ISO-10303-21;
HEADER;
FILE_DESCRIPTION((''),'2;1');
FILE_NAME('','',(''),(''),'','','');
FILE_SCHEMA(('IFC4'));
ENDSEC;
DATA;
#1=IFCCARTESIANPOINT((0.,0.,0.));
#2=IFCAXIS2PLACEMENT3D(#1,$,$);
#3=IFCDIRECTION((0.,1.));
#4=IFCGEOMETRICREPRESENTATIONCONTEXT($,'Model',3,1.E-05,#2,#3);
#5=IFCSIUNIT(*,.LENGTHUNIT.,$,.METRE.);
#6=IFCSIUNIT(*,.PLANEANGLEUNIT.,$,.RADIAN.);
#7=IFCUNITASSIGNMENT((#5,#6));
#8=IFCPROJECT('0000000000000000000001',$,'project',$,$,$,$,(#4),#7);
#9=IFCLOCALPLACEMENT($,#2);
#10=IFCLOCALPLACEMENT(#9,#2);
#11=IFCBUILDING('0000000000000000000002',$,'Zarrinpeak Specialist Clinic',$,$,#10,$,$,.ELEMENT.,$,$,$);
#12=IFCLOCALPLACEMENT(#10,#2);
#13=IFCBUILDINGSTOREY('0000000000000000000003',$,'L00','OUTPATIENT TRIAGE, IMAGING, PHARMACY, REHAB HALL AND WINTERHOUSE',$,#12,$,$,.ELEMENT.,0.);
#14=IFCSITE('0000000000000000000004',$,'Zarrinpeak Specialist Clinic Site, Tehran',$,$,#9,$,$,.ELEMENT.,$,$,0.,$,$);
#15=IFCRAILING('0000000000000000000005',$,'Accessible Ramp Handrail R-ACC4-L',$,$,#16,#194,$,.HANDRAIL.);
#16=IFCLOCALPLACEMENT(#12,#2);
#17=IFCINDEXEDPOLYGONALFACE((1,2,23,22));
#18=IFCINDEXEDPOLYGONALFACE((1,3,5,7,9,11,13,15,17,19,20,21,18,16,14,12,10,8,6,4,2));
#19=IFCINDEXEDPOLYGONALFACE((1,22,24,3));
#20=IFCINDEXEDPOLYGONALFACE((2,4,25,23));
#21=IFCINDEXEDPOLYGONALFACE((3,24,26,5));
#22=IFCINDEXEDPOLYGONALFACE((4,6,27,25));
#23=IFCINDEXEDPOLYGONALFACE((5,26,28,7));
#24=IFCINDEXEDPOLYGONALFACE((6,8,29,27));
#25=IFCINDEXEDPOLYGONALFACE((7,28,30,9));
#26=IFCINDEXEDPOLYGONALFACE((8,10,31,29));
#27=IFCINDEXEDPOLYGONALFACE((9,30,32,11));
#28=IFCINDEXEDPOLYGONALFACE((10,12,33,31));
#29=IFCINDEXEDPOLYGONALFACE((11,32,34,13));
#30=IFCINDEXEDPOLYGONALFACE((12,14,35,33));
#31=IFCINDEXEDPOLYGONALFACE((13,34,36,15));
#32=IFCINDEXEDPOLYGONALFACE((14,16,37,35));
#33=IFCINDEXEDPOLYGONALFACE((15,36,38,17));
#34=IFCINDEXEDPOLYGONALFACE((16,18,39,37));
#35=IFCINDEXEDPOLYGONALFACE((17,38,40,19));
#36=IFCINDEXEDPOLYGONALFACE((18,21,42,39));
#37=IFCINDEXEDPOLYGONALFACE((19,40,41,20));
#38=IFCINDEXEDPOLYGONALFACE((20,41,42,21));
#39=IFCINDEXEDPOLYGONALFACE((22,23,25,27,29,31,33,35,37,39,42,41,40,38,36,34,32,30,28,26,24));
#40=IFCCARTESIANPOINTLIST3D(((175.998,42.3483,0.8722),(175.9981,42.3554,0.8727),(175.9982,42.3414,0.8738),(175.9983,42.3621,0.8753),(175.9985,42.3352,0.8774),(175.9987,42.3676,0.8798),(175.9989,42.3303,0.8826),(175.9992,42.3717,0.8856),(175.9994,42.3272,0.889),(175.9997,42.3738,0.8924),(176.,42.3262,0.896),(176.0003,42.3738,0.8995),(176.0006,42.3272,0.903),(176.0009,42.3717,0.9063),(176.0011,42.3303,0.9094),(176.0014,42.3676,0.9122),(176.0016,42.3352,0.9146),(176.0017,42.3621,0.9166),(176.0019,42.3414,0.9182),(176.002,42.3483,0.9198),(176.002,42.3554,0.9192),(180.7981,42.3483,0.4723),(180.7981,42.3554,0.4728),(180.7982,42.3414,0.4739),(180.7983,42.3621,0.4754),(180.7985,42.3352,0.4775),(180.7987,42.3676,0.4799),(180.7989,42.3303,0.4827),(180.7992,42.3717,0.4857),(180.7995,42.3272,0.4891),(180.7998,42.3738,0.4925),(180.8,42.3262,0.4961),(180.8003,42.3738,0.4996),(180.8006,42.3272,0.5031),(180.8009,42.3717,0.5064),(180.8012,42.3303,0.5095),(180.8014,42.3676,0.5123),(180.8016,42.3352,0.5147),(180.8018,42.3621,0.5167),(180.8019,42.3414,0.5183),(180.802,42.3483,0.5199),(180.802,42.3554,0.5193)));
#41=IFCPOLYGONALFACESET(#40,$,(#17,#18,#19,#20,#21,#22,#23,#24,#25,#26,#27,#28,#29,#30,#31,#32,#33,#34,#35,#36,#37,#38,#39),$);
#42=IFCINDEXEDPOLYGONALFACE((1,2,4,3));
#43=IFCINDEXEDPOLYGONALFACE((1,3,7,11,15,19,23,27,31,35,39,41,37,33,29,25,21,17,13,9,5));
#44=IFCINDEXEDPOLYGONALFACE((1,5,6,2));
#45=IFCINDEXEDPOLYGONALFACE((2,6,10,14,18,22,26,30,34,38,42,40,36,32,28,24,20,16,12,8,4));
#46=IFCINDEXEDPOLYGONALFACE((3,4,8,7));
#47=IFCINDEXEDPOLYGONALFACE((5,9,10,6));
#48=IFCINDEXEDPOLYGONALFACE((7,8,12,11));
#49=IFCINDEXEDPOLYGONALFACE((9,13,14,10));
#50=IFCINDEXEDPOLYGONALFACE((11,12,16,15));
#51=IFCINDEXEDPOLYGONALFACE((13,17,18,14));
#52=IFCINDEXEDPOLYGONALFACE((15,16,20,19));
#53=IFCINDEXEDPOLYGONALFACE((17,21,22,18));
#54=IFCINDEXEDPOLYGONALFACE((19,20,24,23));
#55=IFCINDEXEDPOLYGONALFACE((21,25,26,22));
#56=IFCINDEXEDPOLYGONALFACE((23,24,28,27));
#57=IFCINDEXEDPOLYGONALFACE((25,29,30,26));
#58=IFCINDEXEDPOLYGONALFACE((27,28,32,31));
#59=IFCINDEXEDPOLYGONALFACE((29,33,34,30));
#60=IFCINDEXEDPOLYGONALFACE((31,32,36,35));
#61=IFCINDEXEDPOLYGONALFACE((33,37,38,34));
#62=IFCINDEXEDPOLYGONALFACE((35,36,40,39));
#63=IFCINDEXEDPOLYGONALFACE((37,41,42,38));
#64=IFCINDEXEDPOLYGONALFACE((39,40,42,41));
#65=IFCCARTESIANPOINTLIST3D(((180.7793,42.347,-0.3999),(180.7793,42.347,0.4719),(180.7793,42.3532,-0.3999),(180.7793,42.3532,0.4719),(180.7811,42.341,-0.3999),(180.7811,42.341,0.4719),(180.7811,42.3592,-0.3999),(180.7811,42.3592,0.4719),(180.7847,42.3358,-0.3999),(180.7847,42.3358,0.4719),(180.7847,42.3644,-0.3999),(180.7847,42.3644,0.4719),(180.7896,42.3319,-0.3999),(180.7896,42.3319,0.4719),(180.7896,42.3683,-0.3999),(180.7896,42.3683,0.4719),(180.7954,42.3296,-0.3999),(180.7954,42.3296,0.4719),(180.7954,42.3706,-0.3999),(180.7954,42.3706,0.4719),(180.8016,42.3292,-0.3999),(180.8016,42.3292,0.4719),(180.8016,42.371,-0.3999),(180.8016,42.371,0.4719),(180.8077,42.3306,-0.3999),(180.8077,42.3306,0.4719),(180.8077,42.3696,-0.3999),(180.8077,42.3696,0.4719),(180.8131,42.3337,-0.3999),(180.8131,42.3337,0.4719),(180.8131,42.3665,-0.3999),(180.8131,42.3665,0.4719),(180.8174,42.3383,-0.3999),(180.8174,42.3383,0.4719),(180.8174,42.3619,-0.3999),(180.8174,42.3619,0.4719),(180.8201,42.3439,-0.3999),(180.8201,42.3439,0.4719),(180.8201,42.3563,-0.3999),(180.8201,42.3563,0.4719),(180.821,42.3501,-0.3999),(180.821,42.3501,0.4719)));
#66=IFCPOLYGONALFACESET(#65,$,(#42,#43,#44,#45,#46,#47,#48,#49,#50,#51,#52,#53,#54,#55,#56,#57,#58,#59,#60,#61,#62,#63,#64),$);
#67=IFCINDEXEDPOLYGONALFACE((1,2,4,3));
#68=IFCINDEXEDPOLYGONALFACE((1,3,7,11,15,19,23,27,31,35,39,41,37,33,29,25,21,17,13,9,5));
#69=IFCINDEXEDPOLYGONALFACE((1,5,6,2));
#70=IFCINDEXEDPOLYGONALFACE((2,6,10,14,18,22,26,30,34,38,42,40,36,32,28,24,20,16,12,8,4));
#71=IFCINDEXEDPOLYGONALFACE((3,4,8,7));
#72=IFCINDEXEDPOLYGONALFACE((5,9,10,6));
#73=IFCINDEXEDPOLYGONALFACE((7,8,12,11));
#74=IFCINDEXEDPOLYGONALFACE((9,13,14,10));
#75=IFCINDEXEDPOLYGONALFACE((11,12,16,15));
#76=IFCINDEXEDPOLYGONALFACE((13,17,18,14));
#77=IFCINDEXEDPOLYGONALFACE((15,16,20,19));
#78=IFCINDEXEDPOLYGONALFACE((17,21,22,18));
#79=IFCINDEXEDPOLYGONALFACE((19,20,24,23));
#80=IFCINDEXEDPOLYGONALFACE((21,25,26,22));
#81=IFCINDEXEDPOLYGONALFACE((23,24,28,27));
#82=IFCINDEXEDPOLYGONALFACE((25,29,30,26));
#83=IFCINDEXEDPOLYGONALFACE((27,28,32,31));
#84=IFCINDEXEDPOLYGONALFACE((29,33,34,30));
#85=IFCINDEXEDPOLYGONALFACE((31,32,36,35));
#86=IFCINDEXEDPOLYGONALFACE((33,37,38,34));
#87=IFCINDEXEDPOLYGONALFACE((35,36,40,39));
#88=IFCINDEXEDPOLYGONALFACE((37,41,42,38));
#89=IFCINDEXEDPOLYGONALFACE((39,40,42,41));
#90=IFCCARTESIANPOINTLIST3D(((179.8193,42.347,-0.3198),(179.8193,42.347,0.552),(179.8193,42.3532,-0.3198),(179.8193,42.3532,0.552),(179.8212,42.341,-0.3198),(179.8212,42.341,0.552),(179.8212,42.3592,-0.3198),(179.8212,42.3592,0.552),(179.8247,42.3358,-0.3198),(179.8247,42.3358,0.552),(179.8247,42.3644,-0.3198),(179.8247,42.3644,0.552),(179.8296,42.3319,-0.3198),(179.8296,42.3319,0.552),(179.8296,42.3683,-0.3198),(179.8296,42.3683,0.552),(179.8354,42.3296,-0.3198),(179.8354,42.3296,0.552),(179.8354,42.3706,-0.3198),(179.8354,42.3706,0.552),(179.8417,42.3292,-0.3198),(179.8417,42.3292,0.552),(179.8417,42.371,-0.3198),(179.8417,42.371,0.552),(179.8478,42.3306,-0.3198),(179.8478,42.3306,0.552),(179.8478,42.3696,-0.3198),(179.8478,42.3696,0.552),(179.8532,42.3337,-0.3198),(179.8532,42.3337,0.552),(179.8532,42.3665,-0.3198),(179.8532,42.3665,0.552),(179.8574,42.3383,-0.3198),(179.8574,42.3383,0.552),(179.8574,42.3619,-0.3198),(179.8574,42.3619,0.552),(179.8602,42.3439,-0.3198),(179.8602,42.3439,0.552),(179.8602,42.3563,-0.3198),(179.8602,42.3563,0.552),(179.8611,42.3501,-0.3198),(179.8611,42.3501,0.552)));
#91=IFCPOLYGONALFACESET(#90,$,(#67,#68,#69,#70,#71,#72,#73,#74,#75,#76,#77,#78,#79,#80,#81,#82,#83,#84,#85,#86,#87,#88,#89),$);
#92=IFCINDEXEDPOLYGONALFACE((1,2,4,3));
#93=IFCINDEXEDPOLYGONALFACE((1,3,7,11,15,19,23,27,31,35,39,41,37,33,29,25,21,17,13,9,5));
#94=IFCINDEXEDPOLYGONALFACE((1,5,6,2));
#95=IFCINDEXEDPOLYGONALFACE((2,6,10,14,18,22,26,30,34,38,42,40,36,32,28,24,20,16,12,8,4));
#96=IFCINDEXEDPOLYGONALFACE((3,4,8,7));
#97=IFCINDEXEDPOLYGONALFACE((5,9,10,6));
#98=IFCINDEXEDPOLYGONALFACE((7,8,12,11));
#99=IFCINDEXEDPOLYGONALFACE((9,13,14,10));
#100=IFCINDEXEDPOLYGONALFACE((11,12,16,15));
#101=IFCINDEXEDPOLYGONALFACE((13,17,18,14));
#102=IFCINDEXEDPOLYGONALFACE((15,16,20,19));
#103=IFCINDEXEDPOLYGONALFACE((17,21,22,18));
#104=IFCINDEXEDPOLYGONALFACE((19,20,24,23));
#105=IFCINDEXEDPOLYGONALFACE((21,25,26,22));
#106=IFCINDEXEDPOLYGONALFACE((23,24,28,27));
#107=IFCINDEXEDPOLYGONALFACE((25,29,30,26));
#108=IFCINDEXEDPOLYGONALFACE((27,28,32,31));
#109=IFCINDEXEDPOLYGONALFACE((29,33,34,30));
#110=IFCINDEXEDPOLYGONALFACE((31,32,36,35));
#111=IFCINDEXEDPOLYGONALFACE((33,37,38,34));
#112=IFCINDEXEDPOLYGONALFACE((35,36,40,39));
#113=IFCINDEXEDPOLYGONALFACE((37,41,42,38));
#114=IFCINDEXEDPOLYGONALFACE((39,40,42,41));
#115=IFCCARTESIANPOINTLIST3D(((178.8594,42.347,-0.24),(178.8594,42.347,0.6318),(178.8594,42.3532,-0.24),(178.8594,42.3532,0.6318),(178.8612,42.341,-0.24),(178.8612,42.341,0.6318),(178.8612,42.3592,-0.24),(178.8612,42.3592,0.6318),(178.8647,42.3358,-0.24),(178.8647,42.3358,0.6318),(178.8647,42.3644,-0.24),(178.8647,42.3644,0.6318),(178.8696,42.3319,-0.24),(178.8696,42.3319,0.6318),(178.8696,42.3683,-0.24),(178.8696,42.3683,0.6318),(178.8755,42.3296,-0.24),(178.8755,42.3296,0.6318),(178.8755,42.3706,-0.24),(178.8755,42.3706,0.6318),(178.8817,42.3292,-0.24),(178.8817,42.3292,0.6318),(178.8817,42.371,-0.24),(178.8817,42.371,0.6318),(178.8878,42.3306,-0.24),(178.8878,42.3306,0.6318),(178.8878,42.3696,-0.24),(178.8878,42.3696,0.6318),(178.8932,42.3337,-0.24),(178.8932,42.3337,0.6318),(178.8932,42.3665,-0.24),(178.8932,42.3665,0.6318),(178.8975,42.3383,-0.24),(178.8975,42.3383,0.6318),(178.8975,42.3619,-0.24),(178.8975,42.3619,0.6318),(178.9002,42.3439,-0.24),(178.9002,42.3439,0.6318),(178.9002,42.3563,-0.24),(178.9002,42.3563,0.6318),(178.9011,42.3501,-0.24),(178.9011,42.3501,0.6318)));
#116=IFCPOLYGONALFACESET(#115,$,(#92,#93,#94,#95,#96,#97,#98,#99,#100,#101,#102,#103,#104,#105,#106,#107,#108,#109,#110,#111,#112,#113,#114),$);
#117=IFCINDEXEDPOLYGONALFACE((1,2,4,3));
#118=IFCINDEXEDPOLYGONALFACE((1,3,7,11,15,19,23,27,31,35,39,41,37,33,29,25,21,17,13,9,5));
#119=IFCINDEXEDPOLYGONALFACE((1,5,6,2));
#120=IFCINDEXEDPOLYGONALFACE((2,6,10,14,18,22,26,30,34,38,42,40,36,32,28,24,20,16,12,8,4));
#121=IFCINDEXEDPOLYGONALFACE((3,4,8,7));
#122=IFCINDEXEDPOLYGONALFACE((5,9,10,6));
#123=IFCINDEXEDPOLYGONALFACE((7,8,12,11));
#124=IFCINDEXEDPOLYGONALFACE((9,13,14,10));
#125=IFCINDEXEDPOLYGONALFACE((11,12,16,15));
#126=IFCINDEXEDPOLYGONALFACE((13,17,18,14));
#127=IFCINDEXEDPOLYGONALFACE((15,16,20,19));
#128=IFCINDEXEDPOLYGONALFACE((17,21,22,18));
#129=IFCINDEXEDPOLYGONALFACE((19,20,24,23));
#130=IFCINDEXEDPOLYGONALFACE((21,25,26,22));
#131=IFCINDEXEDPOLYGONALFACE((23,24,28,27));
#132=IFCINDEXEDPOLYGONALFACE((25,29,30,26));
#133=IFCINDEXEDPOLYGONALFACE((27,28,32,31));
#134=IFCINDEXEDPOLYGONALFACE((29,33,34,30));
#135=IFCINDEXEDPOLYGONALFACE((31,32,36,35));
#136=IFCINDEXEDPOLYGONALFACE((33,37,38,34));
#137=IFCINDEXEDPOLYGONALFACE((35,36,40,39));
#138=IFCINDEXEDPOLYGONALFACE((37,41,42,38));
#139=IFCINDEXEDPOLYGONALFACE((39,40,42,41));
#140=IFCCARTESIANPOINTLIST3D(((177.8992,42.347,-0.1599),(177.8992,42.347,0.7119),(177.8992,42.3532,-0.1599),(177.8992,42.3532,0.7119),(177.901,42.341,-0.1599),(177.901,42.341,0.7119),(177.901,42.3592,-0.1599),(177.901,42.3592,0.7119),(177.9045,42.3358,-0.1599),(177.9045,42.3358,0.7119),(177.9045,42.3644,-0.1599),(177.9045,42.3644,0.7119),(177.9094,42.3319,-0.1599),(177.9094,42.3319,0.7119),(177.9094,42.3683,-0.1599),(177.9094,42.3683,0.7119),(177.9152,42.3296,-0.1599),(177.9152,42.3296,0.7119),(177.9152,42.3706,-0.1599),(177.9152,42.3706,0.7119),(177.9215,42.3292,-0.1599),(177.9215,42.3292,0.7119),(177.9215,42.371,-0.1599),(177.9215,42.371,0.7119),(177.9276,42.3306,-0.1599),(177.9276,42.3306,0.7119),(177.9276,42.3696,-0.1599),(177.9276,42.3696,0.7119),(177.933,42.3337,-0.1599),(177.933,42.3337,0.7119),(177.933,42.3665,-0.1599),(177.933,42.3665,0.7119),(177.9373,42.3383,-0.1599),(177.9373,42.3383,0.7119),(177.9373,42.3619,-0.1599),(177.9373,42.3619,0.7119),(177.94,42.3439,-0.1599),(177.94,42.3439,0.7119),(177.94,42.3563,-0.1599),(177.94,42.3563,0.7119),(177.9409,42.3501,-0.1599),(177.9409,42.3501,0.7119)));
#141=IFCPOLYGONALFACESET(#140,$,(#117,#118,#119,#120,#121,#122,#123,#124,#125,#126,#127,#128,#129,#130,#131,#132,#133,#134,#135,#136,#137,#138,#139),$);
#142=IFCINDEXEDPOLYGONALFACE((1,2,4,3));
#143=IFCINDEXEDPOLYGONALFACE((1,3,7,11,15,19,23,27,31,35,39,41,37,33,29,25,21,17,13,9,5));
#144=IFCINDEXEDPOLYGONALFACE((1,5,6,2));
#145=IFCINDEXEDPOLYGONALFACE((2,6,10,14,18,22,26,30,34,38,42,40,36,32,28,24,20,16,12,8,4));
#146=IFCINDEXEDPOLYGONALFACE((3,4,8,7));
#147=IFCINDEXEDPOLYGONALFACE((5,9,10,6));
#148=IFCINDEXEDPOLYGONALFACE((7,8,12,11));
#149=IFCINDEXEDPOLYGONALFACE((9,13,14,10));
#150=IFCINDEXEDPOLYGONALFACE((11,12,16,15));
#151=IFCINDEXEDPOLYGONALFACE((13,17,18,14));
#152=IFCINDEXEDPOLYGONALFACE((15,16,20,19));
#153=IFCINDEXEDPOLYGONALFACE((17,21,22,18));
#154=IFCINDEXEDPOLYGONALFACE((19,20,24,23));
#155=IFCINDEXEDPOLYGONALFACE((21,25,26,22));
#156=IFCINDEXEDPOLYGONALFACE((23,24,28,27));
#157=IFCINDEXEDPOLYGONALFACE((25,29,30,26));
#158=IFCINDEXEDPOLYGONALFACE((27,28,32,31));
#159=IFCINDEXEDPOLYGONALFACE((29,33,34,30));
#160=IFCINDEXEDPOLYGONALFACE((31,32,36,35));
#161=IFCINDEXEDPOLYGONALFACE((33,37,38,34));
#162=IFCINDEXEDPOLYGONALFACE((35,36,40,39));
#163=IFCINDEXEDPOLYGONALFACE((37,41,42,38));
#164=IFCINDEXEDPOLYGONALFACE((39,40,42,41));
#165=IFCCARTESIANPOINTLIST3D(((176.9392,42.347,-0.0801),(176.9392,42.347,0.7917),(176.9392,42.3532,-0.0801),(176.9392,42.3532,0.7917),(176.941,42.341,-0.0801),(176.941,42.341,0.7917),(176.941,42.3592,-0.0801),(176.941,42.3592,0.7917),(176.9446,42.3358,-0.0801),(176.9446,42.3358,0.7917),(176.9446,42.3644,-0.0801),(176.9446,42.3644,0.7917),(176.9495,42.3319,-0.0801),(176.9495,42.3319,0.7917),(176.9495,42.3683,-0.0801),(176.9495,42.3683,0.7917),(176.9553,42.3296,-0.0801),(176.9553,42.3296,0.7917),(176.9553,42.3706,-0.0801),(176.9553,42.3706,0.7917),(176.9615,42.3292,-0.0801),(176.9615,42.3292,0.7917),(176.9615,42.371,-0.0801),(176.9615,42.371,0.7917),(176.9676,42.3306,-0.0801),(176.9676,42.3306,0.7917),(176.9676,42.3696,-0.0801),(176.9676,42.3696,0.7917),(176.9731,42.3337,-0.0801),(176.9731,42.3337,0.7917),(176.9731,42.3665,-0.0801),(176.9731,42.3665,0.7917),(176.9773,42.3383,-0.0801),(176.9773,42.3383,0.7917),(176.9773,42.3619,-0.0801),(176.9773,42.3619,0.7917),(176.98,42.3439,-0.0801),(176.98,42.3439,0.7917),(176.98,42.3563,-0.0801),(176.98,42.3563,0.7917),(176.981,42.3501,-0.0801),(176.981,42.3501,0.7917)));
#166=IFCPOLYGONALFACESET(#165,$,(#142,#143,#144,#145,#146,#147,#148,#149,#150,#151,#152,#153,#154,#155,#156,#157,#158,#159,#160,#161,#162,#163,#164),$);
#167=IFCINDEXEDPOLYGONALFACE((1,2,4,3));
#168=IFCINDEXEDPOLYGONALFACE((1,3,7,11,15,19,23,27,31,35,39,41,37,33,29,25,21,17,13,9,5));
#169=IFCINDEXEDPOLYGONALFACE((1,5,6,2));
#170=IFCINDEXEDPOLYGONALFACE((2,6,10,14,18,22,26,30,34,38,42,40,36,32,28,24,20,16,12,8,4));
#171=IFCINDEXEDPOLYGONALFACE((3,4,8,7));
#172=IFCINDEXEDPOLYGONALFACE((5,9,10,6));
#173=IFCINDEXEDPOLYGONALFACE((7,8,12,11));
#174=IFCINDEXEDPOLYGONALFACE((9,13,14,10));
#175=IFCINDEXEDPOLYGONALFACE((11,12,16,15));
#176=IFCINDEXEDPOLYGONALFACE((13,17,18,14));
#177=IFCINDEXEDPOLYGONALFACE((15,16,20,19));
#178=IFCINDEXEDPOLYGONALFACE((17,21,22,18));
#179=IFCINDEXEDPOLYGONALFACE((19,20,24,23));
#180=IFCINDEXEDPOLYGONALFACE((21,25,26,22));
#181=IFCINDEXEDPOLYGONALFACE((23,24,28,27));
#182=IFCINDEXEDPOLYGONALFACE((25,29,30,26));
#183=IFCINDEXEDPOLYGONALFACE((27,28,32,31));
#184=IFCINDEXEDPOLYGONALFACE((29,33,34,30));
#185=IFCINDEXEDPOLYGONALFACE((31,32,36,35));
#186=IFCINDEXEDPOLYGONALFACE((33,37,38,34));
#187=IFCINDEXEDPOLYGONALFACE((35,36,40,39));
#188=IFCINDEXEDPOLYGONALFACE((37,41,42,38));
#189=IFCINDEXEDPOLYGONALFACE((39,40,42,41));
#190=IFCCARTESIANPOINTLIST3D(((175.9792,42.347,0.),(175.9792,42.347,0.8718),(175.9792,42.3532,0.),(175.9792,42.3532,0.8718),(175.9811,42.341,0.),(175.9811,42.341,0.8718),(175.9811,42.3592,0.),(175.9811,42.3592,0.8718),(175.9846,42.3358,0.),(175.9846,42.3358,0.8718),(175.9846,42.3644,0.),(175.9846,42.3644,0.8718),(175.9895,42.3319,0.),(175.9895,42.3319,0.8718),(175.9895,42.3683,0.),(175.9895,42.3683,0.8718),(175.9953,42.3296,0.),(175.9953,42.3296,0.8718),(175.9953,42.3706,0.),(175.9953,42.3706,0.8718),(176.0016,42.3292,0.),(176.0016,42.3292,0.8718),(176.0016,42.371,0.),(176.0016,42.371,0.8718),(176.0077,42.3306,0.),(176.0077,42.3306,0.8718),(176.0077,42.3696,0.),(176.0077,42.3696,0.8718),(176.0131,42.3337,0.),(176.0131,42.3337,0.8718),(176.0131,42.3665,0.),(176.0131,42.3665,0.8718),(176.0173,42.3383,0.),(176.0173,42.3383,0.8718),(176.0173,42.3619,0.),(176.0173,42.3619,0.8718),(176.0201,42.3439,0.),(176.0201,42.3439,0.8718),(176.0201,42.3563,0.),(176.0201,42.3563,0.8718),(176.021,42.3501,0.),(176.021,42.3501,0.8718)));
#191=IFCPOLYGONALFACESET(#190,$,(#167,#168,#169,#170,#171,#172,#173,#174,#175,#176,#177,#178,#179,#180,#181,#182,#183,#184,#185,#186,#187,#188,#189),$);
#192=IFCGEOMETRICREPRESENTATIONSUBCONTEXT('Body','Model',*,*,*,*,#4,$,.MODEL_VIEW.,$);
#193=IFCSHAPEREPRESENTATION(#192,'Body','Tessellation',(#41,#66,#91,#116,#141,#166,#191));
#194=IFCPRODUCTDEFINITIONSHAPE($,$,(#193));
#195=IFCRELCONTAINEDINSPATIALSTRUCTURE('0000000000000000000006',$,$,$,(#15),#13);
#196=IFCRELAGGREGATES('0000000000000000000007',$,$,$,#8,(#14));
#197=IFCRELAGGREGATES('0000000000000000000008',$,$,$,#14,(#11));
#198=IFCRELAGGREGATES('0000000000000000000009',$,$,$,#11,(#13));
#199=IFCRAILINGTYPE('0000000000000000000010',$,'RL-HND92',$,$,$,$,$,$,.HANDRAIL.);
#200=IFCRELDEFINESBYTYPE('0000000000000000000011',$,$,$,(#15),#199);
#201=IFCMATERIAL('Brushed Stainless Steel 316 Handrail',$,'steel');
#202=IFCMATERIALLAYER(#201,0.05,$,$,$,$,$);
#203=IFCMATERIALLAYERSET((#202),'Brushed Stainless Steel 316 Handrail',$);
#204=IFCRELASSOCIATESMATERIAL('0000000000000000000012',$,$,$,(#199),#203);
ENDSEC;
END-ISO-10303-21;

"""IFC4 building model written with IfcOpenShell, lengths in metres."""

from ifc_helpers import new_model, si_unit, direction, frame, origin, origin_2d, place, context, subcontext, project, spatial, circle, extrude, material, layer, layer_set, type_object, element, save


model = new_model("IFC4")

# Units and contexts
model_context = context("Model", 3, precision=1e-05, world=origin(), true_north=direction((0.0, 1.0)))
body_context = subcontext(model_context, "Body", "Model", "MODEL_VIEW")
ifc_project = project(units=[si_unit("LENGTHUNIT", "METRE"), si_unit("PLANEANGLEUNIT", "RADIAN")], contexts=[model_context])

# Site, building, storey
site_placement = place(None, origin())
site = spatial("IfcSite", under=ifc_project, at=site_placement, Name="Zarrinpeak Specialist Clinic Site, Tehran", CompositionType="ELEMENT", RefElevation=0.0)
building_placement = place(site_placement, origin())
building = spatial("IfcBuilding", under=site, at=building_placement, Name="Zarrinpeak Specialist Clinic", CompositionType="ELEMENT")
storey_placement = place(building_placement, origin())
storey = spatial("IfcBuildingStorey", under=building, at=storey_placement, Name="L00", Description="OUTPATIENT TRIAGE, IMAGING, PHARMACY, REHAB HALL AND WINTERHOUSE", CompositionType="ELEMENT", Elevation=0.0)

# Railing
ifc_material_1 = material(Name="Brushed Stainless Steel 316 Handrail", Category="steel")
ifc_layer_1 = layer(ifc_material_1, 0.05)
ifc_layer_set_1 = layer_set([ifc_layer_1], Name="Brushed Stainless Steel 316 Handrail")
railing_type_1 = type_object("IfcRailingType", Name="RL-HND92", PredefinedType="HANDRAIL", material=ifc_layer_set_1)
for number, where, name in (
    (1, (180.8, 42.3501, -0.3999), "Accessible Ramp Handrail R-ACC4-L"),
):
    element("IfcRailing", number, at=place(storey_placement, frame(where)), inside=storey, type_object=railing_type_1, Name=name, PredefinedType="HANDRAIL", context=body_context, shape_type="SweptSolid", body=[
        extrude(circle(Radius=0.0239, at=origin_2d()), frame((0.0, 0.0, 0.896), z_axis=(-0.996548, 0.0, 0.083025), x_axis=(0.0, -1.0, 0.0)), (0.0, 0.0, 1.0), 4.8167),
        extrude(circle(Radius=0.021, at=origin_2d()), origin(), (0.0, 0.0, 1.0), 0.8718),
        extrude(circle(Radius=0.021, at=origin_2d()), frame((-0.96, 0.0, 0.0801)), (0.0, 0.0, 1.0), 0.8718),
        extrude(circle(Radius=0.021, at=origin_2d()), frame((-1.9199, 0.0, 0.1599)), (0.0, 0.0, 1.0), 0.8718),
        extrude(circle(Radius=0.021, at=origin_2d()), frame((-2.8801, 0.0, 0.24)), (0.0, 0.0, 1.0), 0.8718),
        extrude(circle(Radius=0.021, at=origin_2d()), frame((-3.8401, 0.0, 0.3198)), (0.0, 0.0, 1.0), 0.8718),
        extrude(circle(Radius=0.021, at=origin_2d()), frame((-4.8, 0.0, 0.3999)), (0.0, 0.0, 1.0), 0.8718),
    ])

save(model, "model.ifc")
